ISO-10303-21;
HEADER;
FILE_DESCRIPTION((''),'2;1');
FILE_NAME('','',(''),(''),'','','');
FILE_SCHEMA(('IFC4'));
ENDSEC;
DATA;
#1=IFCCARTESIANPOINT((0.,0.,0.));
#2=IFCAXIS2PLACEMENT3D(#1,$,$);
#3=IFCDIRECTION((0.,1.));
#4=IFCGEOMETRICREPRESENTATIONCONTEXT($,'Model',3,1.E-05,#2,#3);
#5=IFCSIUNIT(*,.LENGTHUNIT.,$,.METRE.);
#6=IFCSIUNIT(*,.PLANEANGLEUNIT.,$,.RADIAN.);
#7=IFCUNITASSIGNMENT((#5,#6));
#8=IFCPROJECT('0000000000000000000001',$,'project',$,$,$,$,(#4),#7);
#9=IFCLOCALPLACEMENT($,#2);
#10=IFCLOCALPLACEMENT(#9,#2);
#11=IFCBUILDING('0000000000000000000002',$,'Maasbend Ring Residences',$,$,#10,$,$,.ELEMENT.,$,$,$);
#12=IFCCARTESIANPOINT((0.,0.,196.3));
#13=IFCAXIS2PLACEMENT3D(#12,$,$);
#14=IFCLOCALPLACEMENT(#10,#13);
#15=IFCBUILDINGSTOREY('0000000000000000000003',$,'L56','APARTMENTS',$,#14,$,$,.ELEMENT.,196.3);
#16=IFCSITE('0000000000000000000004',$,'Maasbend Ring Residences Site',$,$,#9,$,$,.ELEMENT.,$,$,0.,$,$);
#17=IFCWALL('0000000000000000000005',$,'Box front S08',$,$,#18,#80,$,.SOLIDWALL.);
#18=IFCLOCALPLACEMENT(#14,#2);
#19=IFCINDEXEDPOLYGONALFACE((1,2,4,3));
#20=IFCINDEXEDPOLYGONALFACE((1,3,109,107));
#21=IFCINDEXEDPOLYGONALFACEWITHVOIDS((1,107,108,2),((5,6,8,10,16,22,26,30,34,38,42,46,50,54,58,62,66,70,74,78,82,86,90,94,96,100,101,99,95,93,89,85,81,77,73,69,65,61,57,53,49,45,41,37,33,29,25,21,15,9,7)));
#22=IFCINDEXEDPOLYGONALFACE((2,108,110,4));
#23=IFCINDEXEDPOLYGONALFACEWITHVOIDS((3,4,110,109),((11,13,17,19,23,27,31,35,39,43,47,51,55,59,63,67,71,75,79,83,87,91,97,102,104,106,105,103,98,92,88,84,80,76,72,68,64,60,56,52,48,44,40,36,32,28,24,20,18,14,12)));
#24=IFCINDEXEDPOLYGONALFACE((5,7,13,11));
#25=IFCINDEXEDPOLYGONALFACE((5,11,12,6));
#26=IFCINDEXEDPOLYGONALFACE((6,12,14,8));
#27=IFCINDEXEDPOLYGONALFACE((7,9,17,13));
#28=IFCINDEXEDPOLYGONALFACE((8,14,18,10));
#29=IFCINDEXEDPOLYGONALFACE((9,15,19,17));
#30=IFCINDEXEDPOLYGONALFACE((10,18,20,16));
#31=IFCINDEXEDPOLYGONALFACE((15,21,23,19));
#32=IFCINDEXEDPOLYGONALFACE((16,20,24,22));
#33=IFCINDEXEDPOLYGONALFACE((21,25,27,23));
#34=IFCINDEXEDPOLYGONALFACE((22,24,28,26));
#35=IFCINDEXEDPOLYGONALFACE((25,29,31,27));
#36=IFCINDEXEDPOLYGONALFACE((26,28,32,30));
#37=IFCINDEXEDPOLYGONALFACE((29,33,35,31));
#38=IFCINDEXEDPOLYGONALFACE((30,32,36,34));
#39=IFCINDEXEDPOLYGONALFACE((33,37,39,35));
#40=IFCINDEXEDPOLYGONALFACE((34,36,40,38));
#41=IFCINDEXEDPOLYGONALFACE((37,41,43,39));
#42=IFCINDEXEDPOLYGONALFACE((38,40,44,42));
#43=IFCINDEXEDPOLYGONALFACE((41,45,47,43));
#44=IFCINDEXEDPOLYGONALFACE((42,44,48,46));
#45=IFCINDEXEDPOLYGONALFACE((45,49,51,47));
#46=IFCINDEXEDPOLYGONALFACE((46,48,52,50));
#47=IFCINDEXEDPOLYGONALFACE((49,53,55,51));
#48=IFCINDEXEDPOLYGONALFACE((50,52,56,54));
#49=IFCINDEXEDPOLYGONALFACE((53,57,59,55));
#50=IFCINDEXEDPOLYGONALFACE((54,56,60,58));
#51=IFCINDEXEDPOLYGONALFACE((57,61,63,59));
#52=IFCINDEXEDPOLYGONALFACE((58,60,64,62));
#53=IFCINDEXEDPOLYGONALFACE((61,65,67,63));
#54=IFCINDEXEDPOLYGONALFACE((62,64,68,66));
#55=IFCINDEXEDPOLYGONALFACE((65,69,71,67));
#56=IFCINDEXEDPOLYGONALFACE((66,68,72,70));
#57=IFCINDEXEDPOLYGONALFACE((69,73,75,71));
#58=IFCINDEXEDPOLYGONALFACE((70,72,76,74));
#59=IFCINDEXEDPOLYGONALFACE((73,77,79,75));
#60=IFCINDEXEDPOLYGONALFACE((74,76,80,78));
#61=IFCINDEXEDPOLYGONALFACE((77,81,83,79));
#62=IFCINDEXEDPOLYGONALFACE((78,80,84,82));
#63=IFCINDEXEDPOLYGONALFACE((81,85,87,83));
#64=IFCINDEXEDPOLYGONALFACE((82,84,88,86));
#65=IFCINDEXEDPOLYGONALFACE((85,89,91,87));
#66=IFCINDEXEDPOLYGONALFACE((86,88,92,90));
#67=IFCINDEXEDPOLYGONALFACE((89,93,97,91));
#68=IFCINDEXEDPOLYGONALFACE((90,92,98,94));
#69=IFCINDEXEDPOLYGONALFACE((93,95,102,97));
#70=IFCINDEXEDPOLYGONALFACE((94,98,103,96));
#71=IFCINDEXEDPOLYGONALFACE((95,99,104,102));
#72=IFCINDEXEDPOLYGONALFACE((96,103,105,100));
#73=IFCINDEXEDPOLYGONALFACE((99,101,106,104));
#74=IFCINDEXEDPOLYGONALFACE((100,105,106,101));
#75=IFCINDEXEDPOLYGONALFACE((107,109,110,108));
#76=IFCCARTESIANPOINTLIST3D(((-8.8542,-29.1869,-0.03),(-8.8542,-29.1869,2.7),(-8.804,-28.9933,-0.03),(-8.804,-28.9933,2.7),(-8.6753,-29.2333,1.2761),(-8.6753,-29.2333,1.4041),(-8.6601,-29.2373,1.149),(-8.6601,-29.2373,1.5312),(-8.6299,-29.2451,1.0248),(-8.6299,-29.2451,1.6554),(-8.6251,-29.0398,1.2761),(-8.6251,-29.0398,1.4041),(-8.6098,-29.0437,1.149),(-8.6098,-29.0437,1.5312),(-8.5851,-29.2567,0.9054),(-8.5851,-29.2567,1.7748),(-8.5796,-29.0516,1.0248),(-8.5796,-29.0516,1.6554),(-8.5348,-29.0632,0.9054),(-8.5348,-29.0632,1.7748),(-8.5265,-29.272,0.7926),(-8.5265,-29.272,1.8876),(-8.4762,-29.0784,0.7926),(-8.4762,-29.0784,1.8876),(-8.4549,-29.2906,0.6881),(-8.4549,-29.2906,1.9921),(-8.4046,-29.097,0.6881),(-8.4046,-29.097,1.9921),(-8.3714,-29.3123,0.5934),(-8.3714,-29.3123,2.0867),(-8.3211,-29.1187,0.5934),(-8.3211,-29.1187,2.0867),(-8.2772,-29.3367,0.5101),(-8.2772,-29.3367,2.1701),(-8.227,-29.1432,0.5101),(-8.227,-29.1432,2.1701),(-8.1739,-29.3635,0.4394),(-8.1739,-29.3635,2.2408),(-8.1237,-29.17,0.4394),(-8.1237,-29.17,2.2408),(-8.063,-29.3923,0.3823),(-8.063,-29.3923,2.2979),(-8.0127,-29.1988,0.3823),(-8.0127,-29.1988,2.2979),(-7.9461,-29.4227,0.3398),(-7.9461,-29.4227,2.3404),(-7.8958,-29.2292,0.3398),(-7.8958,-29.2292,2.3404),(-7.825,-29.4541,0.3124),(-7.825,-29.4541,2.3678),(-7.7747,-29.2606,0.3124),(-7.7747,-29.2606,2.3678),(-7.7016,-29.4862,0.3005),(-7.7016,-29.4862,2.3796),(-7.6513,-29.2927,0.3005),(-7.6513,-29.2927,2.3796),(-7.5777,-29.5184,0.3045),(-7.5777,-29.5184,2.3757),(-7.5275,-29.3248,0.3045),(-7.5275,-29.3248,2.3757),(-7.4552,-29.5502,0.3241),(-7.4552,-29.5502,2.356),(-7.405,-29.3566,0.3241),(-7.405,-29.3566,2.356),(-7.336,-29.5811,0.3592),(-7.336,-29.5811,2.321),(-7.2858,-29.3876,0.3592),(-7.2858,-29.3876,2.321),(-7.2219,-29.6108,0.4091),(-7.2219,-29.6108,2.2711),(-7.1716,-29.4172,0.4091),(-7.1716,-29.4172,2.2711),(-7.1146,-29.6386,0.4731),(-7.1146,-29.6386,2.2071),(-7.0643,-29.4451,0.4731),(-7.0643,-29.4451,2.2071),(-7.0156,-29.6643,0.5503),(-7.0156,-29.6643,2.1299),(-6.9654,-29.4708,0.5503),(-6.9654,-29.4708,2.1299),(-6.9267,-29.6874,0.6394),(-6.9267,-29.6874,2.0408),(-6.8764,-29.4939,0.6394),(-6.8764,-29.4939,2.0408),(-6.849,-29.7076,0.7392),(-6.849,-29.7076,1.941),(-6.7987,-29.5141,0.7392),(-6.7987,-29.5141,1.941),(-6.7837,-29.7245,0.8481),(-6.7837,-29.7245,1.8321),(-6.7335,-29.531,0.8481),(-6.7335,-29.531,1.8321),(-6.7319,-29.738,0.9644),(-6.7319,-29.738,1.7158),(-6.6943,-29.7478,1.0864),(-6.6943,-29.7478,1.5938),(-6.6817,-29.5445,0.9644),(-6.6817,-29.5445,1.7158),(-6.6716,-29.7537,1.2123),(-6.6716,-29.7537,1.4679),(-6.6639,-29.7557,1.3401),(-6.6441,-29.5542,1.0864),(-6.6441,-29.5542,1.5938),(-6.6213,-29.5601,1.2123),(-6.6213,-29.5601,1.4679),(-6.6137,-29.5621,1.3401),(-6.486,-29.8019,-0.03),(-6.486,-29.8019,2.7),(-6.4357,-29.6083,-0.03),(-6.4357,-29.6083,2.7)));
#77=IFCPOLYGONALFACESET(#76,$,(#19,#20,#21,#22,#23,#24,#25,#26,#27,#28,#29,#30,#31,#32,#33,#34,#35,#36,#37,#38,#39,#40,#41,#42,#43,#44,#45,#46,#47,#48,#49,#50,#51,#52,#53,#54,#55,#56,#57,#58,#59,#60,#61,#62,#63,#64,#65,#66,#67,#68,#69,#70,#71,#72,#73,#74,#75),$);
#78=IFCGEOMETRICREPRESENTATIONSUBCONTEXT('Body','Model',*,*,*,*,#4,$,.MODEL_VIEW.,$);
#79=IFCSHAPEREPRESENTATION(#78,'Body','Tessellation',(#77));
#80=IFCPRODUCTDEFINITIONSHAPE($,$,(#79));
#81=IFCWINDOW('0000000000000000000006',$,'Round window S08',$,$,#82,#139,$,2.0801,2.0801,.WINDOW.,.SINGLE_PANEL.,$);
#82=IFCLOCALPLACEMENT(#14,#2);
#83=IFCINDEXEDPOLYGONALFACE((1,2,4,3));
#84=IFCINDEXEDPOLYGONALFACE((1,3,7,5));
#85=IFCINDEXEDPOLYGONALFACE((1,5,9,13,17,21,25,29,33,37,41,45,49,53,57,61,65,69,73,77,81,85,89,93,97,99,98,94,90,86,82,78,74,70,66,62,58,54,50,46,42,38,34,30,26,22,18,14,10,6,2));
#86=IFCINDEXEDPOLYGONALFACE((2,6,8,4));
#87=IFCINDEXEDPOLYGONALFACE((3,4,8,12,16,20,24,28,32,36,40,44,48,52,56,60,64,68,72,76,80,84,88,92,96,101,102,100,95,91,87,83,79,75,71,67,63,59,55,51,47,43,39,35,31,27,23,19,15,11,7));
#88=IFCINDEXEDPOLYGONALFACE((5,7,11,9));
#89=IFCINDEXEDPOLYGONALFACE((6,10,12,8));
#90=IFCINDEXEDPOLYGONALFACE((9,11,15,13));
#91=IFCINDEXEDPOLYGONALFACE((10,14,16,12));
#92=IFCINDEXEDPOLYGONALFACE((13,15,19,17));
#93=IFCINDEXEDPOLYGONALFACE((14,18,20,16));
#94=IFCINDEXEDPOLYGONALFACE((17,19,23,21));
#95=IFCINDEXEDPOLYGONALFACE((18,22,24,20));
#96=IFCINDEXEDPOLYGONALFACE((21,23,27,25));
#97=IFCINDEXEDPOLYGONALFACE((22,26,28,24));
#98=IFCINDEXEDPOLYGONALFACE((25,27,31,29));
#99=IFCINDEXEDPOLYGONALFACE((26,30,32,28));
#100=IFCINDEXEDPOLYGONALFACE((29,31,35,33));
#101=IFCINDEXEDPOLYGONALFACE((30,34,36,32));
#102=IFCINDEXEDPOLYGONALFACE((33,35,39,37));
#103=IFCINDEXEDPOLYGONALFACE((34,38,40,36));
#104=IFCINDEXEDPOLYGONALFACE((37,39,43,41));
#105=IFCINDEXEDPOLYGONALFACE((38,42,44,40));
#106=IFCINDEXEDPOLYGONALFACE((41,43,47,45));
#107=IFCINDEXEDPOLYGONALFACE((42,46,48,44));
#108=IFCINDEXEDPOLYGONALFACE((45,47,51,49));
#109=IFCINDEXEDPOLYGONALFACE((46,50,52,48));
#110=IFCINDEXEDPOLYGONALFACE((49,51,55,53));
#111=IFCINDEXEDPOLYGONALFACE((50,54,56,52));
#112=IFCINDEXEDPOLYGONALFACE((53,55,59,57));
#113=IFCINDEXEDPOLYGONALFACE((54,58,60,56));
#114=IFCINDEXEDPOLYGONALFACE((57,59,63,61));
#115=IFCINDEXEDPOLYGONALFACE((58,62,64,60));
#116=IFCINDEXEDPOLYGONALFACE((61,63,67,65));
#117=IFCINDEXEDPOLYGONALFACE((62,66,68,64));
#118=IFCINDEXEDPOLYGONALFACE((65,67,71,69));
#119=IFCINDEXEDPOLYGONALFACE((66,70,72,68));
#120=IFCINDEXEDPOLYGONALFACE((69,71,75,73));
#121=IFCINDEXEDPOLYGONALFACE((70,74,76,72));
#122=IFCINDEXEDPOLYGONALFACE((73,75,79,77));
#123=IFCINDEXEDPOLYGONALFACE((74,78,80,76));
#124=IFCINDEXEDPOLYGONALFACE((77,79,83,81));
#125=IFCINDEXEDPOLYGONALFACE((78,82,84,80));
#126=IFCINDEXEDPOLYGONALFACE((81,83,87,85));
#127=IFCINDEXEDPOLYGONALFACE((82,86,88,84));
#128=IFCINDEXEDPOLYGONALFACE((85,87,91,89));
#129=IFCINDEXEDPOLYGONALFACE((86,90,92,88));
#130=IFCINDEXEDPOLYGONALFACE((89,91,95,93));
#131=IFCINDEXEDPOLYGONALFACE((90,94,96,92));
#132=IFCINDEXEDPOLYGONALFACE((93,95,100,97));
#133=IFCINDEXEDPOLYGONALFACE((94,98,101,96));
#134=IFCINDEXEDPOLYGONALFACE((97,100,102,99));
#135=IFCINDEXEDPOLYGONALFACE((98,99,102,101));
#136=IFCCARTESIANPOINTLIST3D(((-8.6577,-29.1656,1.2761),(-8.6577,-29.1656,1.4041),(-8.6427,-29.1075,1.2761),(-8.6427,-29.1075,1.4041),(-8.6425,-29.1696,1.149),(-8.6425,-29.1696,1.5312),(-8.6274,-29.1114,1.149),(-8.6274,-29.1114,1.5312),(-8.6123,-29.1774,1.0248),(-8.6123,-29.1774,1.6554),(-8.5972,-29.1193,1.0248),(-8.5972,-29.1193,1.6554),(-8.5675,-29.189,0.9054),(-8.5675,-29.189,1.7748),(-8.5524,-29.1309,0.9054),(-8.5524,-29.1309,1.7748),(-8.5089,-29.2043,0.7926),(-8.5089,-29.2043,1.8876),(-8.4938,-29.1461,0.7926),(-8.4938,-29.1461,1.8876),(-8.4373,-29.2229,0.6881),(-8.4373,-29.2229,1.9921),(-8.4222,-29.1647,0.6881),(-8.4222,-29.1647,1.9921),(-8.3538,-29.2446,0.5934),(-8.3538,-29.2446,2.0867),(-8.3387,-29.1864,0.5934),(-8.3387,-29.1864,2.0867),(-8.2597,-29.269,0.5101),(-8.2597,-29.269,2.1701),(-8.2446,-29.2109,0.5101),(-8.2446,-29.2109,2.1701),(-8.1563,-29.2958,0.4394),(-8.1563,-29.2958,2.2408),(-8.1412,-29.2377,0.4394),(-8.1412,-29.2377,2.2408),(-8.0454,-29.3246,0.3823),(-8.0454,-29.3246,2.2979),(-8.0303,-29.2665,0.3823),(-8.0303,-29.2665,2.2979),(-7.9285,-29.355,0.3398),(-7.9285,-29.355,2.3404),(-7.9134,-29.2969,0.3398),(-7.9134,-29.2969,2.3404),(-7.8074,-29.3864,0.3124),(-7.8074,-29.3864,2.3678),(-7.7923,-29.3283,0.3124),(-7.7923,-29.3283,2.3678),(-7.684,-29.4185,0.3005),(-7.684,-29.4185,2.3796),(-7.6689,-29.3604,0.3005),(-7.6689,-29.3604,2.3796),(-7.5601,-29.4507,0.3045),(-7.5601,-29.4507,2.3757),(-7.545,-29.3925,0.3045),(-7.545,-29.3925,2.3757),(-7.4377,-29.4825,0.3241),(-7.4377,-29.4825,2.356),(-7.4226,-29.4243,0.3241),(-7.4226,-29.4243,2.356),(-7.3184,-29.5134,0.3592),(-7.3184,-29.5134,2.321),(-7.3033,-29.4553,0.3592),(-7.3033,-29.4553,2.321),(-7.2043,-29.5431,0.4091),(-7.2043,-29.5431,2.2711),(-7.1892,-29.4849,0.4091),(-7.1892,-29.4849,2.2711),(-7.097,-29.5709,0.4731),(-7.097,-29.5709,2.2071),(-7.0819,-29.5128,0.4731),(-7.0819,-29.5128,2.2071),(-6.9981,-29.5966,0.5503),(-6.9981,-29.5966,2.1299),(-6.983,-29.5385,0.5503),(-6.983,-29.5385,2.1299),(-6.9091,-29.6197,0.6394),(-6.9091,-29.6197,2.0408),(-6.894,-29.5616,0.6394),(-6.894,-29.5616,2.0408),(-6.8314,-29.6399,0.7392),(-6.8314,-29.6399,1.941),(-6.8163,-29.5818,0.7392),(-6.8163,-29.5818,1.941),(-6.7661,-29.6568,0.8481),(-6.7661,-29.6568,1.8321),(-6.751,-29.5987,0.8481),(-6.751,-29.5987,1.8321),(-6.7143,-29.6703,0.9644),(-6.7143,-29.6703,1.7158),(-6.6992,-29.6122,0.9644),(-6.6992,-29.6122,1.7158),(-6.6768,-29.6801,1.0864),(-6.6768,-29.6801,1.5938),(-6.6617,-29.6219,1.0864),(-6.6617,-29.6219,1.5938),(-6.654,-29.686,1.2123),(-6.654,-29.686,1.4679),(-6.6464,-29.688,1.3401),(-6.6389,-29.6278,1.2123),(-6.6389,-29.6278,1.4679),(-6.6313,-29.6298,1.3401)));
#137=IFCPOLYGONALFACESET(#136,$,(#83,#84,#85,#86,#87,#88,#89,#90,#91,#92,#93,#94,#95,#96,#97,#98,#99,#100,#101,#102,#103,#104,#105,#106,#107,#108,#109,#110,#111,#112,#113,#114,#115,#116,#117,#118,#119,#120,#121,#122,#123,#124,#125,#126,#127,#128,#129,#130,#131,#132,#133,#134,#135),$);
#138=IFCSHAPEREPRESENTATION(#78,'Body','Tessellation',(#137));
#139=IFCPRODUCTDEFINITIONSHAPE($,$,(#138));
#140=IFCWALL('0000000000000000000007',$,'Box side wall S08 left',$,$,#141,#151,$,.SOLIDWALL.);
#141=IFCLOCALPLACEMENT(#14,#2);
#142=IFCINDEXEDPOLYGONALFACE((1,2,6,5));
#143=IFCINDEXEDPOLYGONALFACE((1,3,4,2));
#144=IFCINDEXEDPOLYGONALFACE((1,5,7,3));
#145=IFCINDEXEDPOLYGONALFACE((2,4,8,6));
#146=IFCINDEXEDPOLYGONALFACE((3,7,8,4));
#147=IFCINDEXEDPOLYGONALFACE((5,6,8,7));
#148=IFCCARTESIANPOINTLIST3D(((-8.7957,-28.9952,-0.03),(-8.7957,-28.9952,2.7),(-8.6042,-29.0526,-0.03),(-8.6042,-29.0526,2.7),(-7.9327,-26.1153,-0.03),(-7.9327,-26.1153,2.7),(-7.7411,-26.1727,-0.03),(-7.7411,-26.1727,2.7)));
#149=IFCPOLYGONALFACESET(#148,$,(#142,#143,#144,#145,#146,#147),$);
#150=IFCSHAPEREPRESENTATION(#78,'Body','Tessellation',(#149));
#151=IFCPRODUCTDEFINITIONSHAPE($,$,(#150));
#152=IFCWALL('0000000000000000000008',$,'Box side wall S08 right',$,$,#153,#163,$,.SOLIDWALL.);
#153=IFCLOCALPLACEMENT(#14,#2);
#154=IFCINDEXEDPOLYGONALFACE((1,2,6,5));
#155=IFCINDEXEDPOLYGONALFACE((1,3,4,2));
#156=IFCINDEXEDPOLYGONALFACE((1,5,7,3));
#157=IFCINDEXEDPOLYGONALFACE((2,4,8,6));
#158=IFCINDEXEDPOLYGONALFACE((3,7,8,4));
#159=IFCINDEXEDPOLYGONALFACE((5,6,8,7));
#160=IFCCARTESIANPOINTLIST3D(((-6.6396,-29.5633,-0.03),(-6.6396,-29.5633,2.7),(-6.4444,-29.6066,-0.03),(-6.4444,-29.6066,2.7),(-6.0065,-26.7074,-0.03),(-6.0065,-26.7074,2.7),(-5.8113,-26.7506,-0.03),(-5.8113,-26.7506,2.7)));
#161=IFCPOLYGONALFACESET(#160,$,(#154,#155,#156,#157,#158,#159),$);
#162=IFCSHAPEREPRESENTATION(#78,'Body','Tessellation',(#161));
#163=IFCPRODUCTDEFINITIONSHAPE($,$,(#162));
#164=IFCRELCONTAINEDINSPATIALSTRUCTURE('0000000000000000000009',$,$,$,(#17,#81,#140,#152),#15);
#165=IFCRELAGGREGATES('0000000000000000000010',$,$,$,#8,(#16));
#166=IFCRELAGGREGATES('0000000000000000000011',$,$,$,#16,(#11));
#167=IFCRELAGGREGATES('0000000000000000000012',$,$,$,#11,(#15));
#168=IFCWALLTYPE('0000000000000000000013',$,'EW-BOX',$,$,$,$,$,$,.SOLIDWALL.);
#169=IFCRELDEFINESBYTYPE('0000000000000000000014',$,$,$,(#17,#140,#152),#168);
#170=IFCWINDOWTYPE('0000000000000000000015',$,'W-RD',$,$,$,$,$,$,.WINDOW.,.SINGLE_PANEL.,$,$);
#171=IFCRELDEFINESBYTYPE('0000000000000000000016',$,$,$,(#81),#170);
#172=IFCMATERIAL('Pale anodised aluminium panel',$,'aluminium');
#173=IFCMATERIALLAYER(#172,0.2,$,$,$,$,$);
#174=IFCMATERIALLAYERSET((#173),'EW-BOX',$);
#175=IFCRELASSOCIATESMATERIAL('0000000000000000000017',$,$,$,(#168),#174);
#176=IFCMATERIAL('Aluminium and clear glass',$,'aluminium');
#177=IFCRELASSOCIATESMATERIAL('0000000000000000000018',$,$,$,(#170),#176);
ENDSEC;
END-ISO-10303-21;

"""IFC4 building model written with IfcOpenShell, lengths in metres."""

from ifc_helpers import new_model, si_unit, direction, frame, frame_2d, origin, place, context, subcontext, project, spatial, rectangle, circle, extrude, material, layer, layer_set, type_object, element, fill, save


model = new_model("IFC4")

# Units and contexts
model_context = context("Model", 3, precision=1e-05, world=origin(), true_north=direction((0.0, 1.0)))
body_context = subcontext(model_context, "Body", "Model", "MODEL_VIEW")
ifc_project = project(units=[si_unit("LENGTHUNIT", "METRE"), si_unit("PLANEANGLEUNIT", "RADIAN")], contexts=[model_context])

# Site, building, storey
site_placement = place(None, origin())
site = spatial("IfcSite", under=ifc_project, at=site_placement, Name="Maasbend Ring Residences Site", CompositionType="ELEMENT", RefElevation=0.0)
building_placement = place(site_placement, origin())
building = spatial("IfcBuilding", under=site, at=building_placement, Name="Maasbend Ring Residences", CompositionType="ELEMENT")
storey_placement = place(building_placement, frame((0.0, 0.0, 196.3)))
storey = spatial("IfcBuildingStorey", under=building, at=storey_placement, Name="L56", Description="APARTMENTS", CompositionType="ELEMENT", Elevation=196.3)

# Shared definitions
ifc_material_1 = material(Name="Pale anodised aluminium panel", Category="aluminium")
ifc_layer_1 = layer(ifc_material_1, 0.2)
ifc_layer_set_1 = layer_set([ifc_layer_1], Name="EW-BOX")
wall_type_1 = type_object("IfcWallType", Name="EW-BOX", PredefinedType="SOLIDWALL", material=ifc_layer_set_1)

# Wall, opening, window
wall_1_placement = place(storey_placement, frame((-8.8291, -29.0901, -0.03), z_axis=(0.0, 0.0, 1.0), x_axis=(0.967895, -0.251353, 0.0)))
wall_1 = element("IfcWall", 1, at=wall_1_placement, inside=storey, type_object=wall_type_1, Name="Box front S08", PredefinedType="SOLIDWALL", context=body_context, shape_type="SweptSolid", body=[
    extrude(rectangle(XDim=2.4468, YDim=0.2, at=frame_2d((1.2234, 0.0))), origin(), (0.0, 0.0, 1.0), 2.73),
])
opening_1_placement = place(wall_1_placement, frame((0.1829, 0.0, 0.3301)))
opening_1 = element("IfcOpeningElement", 2, at=opening_1_placement, cuts=wall_1, PredefinedType="OPENING", context=body_context, shape_type="SweptSolid", body=[
    extrude(circle(Radius=1.04, at=frame_2d((1.04, 1.04))), frame((0.0, 0.1099, 0.0), z_axis=(0.0, -1.0, 0.0), x_axis=(1.0, 0.0, 0.0)), (0.0, 0.0, 1.0), 0.22),
])
ifc_material_2 = material(Name="Aluminium and clear glass", Category="aluminium")
window_type_1 = type_object("IfcWindowType", Name="W-RD", PartitioningType="SINGLE_PANEL", PredefinedType="WINDOW", material=ifc_material_2)
window_1_placement = place(opening_1_placement, origin())
window_1 = element("IfcWindow", 3, at=window_1_placement, inside=storey, type_object=window_type_1, Name="Round window S08", OverallHeight=2.0801, OverallWidth=2.0801, PartitioningType="SINGLE_PANEL", PredefinedType="WINDOW", context=body_context, shape_type="SweptSolid", body=[
    extrude(circle(Radius=1.04, at=frame_2d((1.04, 1.04))), frame((0.0, 0.03, 0.0), z_axis=(0.0, -1.0, 0.0), x_axis=(1.0, 0.0, 0.0)), (0.0, 0.0, 1.0), 0.0601),
])
fill(opening_1, window_1)

# Walls
wall_2_placement = place(storey_placement, frame((-7.8369, -26.144, -0.03), z_axis=(0.0, 0.0, 1.0), x_axis=(-0.287065, -0.957911, 0.0)))
element("IfcWall", 4, at=wall_2_placement, inside=storey, type_object=wall_type_1, Name="Box side wall S08 left", PredefinedType="SOLIDWALL", context=body_context, shape_type="SweptSolid", body=[
    extrude(rectangle(XDim=3.0063, YDim=0.2, at=frame_2d((1.5032, 0.0))), origin(), (0.0, 0.0, 1.0), 2.73),
])
wall_3_placement = place(storey_placement, frame((-5.9089, -26.729, -0.03), z_axis=(0.0, 0.0, 1.0), x_axis=(-0.216409, -0.976303, 0.0)))
element("IfcWall", 5, at=wall_3_placement, inside=storey, type_object=wall_type_1, Name="Box side wall S08 right", PredefinedType="SOLIDWALL", context=body_context, shape_type="SweptSolid", body=[
    extrude(rectangle(XDim=2.9253, YDim=0.2, at=frame_2d((1.4626, 0.0))), origin(), (0.0, 0.0, 1.0), 2.73),
])

save(model, "model.ifc")
